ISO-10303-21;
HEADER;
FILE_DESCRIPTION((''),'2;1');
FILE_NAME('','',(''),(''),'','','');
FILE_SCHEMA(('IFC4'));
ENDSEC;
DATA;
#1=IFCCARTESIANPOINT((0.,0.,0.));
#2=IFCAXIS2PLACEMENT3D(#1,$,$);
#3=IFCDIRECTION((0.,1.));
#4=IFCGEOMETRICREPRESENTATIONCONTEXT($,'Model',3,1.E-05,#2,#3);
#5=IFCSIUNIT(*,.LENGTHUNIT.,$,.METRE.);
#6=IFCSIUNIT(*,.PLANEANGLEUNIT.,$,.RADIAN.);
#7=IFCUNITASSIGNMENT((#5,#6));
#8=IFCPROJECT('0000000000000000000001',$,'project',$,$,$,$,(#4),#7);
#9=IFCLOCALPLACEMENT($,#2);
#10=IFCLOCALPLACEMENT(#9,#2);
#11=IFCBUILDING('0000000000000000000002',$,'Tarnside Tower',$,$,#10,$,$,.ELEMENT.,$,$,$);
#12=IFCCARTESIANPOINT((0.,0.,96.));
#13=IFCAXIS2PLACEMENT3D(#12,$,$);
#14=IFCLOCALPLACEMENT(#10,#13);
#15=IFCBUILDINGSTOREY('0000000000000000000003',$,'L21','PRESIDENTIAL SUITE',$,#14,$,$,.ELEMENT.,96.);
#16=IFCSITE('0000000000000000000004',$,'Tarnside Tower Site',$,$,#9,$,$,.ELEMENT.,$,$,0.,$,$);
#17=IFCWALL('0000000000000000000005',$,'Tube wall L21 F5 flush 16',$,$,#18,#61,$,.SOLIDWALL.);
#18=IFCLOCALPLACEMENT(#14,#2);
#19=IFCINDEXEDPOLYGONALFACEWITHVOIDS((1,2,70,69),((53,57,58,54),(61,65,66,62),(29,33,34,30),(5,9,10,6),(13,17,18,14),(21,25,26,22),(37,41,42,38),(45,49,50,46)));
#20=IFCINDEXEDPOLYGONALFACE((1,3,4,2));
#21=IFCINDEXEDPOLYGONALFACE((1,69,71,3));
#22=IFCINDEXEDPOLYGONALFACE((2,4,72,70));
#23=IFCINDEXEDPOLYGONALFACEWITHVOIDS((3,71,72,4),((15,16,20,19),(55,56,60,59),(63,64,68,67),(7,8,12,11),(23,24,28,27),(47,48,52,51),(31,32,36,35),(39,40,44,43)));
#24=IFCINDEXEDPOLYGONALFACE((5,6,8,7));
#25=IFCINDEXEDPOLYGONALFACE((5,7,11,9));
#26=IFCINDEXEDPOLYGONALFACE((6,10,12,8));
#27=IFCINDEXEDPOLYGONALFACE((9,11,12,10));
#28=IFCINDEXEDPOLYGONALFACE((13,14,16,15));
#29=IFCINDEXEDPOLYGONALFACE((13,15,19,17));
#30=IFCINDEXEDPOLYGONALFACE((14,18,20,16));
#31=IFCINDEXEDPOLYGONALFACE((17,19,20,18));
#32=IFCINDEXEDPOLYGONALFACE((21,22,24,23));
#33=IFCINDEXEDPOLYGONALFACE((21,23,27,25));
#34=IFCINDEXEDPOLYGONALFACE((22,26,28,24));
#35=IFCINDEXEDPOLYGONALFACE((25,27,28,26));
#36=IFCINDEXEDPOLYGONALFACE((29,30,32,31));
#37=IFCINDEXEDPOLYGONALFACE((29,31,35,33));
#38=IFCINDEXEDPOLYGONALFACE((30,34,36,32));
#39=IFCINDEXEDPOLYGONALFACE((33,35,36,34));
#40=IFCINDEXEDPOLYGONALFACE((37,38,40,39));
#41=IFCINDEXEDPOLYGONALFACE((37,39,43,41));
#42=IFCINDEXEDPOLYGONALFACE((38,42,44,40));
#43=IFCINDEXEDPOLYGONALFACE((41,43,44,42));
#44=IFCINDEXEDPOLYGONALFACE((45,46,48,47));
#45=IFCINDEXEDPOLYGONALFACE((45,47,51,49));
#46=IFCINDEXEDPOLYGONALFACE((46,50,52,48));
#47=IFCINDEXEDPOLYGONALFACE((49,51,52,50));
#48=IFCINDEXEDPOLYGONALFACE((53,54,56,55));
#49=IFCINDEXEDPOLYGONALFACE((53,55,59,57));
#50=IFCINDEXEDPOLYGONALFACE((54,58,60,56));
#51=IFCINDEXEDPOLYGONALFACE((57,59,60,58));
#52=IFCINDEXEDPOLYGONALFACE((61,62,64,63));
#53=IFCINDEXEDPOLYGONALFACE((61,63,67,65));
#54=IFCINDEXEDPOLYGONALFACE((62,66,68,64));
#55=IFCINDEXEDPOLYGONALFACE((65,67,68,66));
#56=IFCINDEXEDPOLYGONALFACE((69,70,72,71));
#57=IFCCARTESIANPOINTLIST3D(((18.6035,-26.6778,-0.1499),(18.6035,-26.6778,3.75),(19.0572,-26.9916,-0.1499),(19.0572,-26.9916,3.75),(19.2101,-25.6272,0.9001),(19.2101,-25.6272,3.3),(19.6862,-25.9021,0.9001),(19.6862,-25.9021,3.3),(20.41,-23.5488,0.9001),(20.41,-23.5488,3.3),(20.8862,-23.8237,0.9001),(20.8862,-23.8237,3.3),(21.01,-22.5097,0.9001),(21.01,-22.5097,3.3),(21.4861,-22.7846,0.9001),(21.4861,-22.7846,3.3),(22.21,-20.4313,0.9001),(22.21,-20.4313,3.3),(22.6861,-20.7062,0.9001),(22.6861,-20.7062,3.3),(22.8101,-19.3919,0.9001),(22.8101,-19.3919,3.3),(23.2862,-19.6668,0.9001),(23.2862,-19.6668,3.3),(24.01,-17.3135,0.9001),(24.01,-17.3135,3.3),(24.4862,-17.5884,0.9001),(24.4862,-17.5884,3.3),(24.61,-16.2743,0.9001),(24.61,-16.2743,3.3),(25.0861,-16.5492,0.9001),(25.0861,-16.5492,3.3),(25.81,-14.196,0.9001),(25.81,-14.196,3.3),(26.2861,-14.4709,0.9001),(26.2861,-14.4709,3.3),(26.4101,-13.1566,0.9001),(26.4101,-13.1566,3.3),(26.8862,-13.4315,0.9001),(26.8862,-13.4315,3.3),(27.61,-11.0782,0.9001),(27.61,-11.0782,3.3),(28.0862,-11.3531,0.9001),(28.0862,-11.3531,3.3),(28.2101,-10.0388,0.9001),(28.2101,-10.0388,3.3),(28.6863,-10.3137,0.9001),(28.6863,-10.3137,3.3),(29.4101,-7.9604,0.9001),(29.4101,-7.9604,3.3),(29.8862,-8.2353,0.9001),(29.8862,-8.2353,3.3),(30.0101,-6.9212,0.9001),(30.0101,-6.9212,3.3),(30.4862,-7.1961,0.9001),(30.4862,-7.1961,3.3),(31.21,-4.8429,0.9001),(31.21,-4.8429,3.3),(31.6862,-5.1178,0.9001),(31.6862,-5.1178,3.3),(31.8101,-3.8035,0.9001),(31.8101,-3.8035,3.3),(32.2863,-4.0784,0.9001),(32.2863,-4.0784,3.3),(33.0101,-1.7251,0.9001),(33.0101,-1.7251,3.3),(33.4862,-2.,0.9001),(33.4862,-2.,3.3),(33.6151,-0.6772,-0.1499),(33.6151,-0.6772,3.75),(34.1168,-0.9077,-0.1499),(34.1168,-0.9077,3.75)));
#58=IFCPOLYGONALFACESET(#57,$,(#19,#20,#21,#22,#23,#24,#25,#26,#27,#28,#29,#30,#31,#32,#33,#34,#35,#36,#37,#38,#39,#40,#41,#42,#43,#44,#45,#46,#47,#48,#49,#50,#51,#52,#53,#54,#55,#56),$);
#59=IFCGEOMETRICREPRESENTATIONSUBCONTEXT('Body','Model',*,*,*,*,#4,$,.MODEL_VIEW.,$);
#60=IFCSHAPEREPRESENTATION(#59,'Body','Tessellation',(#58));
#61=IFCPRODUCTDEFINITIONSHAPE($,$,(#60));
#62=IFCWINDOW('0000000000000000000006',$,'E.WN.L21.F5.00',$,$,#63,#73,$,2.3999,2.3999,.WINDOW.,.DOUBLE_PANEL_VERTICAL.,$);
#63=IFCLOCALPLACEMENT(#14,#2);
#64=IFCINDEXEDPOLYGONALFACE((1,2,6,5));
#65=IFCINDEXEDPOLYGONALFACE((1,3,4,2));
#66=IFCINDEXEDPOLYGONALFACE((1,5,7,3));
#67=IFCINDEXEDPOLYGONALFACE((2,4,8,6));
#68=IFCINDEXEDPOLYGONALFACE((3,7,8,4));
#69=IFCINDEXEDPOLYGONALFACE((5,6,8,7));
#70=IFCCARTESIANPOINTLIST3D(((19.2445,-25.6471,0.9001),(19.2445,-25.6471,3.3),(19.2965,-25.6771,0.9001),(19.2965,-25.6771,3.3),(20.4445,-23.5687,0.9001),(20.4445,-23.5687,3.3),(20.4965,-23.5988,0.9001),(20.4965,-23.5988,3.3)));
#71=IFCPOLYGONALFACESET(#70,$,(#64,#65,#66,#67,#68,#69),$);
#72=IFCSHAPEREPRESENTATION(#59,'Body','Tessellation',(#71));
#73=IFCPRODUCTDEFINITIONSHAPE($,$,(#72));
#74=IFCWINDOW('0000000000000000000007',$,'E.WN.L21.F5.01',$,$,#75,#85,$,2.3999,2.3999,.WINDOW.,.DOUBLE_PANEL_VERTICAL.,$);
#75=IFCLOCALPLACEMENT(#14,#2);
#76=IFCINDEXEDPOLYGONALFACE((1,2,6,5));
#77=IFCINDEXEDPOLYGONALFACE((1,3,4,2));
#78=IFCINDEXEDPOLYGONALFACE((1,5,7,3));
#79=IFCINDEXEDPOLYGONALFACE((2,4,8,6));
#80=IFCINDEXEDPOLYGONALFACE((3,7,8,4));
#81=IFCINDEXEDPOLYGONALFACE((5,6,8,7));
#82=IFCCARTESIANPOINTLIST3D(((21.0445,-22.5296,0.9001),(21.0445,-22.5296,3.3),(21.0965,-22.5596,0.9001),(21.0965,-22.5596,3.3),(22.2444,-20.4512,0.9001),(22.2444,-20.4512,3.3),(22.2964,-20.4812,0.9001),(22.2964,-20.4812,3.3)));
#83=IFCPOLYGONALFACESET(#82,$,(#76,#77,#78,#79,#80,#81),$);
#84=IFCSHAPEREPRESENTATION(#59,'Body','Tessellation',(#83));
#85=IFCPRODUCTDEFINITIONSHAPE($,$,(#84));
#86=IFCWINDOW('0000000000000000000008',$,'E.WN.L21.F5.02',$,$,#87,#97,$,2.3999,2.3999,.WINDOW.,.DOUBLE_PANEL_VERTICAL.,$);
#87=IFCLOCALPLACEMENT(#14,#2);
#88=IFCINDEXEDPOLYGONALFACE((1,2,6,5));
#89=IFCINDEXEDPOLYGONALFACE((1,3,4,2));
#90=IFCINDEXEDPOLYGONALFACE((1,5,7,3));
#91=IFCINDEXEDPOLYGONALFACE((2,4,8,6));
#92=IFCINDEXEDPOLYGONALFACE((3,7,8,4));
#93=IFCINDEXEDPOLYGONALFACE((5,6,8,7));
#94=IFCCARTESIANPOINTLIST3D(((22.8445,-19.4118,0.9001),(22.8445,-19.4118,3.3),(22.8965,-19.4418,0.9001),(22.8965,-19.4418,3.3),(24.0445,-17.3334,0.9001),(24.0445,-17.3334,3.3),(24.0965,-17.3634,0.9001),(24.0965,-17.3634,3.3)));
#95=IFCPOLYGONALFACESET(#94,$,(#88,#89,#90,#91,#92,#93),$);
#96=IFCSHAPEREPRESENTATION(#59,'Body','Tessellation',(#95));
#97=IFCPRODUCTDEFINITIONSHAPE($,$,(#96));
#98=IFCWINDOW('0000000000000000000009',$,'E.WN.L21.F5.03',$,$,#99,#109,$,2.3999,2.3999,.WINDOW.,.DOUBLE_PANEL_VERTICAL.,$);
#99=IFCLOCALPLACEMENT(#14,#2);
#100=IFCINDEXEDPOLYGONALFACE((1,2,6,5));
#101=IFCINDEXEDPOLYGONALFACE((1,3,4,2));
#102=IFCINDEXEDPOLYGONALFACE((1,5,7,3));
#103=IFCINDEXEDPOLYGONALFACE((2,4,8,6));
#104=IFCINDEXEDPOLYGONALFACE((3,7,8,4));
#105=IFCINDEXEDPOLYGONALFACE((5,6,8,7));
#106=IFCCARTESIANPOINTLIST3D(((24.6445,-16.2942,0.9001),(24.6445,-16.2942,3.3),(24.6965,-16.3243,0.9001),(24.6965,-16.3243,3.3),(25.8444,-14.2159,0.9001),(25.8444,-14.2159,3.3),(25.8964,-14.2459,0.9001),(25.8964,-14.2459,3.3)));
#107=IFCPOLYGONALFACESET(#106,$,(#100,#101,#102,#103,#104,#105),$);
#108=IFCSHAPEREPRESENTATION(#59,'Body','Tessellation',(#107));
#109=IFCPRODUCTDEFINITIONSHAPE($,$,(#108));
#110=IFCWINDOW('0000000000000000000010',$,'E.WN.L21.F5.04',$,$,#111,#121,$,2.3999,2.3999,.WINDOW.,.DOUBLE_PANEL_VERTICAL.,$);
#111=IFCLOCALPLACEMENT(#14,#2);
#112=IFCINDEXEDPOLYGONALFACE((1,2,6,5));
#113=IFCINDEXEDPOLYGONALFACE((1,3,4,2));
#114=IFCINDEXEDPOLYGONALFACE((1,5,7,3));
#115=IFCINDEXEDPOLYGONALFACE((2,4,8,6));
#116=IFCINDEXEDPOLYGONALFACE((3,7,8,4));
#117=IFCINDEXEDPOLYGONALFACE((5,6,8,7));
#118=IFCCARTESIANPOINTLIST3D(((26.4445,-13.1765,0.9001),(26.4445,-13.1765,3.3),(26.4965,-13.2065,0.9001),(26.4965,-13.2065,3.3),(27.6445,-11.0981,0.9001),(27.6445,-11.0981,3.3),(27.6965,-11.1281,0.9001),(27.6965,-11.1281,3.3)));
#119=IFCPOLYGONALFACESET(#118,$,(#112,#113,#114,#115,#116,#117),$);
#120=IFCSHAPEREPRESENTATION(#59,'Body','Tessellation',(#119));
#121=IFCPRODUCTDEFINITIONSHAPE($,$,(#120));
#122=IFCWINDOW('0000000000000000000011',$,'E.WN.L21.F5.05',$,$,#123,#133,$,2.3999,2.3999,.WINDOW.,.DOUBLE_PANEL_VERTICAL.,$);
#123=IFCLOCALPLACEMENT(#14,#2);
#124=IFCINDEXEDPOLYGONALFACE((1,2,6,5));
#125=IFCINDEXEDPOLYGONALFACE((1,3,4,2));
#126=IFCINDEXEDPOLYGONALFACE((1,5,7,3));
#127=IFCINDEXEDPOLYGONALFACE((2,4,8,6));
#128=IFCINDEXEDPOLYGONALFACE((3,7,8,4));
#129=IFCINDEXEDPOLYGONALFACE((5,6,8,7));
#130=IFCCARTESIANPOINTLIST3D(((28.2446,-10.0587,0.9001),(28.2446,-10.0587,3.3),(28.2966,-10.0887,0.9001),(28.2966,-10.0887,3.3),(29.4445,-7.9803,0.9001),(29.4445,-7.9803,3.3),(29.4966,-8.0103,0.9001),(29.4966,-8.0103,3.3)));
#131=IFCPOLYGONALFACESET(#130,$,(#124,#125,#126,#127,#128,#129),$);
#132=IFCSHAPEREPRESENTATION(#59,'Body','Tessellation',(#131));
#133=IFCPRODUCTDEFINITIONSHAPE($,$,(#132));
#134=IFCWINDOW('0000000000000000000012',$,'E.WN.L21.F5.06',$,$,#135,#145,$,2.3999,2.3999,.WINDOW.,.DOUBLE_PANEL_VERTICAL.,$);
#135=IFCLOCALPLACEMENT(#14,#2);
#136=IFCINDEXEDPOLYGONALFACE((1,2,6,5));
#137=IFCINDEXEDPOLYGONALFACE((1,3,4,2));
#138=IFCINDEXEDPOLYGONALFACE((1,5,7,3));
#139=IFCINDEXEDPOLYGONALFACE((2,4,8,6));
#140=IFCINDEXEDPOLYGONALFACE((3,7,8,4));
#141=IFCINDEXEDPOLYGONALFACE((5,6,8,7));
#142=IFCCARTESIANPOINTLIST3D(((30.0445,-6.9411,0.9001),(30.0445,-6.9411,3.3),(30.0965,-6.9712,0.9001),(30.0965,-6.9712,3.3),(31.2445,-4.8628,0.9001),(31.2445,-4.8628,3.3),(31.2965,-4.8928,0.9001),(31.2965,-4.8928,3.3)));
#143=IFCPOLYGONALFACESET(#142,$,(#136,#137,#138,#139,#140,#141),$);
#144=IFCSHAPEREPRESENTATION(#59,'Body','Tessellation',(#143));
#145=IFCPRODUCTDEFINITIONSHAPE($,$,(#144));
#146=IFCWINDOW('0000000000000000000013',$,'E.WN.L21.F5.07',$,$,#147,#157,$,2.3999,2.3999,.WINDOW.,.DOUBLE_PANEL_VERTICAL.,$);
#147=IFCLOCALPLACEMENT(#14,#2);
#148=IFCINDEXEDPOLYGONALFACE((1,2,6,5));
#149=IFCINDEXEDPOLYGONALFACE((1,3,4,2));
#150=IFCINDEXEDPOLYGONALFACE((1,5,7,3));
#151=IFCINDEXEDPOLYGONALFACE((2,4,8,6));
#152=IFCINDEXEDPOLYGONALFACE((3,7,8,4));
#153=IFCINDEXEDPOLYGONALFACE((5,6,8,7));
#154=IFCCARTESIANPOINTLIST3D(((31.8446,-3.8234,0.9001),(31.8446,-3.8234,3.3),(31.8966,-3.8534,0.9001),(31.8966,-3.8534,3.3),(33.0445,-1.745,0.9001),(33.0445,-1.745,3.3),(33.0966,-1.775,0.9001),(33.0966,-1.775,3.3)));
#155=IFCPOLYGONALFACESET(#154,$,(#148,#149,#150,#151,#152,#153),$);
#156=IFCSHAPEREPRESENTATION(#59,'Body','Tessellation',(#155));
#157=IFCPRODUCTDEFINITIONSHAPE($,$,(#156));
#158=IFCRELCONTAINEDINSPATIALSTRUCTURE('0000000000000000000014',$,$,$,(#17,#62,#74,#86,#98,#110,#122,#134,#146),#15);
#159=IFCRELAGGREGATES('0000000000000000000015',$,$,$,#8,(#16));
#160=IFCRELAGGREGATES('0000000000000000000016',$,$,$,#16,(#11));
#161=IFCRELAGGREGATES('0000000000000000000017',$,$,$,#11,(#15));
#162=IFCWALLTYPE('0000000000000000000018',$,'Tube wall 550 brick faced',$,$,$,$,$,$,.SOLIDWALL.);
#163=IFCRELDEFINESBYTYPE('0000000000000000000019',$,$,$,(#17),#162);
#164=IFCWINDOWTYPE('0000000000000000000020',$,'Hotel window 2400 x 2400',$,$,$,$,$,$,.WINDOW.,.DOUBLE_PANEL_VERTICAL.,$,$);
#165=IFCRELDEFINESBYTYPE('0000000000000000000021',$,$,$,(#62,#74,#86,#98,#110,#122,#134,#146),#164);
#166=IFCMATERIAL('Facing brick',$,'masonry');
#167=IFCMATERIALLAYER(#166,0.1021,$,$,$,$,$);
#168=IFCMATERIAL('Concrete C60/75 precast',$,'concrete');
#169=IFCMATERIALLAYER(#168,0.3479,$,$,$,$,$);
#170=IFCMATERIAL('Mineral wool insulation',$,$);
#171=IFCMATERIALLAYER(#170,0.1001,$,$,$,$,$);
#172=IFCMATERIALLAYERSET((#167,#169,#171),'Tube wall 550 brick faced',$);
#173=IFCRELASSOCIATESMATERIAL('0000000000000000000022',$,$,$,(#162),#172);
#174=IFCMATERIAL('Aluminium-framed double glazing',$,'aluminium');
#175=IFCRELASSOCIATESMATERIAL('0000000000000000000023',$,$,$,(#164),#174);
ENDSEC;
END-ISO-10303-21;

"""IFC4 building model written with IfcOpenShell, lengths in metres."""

from ifc_helpers import new_model, si_unit, direction, frame, frame_2d, origin, place, context, subcontext, project, spatial, polyline, rectangle, outline, extrude, material, layer, layer_set, type_object, element, fill, save


model = new_model("IFC4")

# Units and contexts
model_context = context("Model", 3, precision=1e-05, world=origin(), true_north=direction((0.0, 1.0)))
body_context = subcontext(model_context, "Body", "Model", "MODEL_VIEW")
ifc_project = project(units=[si_unit("LENGTHUNIT", "METRE"), si_unit("PLANEANGLEUNIT", "RADIAN")], contexts=[model_context])

# Site, building, storey
site_placement = place(None, origin())
site = spatial("IfcSite", under=ifc_project, at=site_placement, Name="Tarnside Tower Site", CompositionType="ELEMENT", RefElevation=0.0)
building_placement = place(site_placement, origin())
building = spatial("IfcBuilding", under=site, at=building_placement, Name="Tarnside Tower", CompositionType="ELEMENT")
storey_placement = place(building_placement, frame((0.0, 0.0, 96.0)))
storey = spatial("IfcBuildingStorey", under=building, at=storey_placement, Name="L21", Description="PRESIDENTIAL SUITE", CompositionType="ELEMENT", Elevation=96.0)

# Shared definitions
ifc_material_1 = material(Name="Facing brick", Category="masonry")
ifc_layer_1 = layer(ifc_material_1, 0.1021)
ifc_material_2 = material(Name="Concrete C60/75 precast", Category="concrete")
ifc_layer_2 = layer(ifc_material_2, 0.3479)
ifc_material_3 = material(Name="Mineral wool insulation")
ifc_layer_3 = layer(ifc_material_3, 0.1001)
ifc_layer_set_1 = layer_set([ifc_layer_1, ifc_layer_2, ifc_layer_3], Name="Tube wall 550 brick faced")
wall_type_1 = type_object("IfcWallType", Name="Tube wall 550 brick faced", PredefinedType="SOLIDWALL", material=ifc_layer_set_1)

# Wall, openings, windows
wall_1_placement = place(storey_placement, frame((18.8303, -26.8347, -0.1499), z_axis=(0.0, 0.0, 1.0), x_axis=(0.500004, 0.866023, 0.0)))
wall_1 = element("IfcWall", 1, at=wall_1_placement, inside=storey, type_object=wall_type_1, Name="Tube wall L21 F5 flush 16", PredefinedType="SOLIDWALL", context=body_context, shape_type="SweptSolid", body=[
    extrude(outline(polyline([(-0.0225, -0.2749), (30.0967, -0.2749), (30.0454, 0.2749), (0.0225, 0.2749), (-0.0225, -0.2749)])), origin(), (0.0, 0.0, 1.0), 3.8999),
])
opening_1_placement = place(wall_1_placement, frame((1.2356, 0.0, 1.05)))
opening_1 = element("IfcOpeningElement", 2, at=opening_1_placement, cuts=wall_1, PredefinedType="OPENING", context=body_context, shape_type="SweptSolid", body=[
    extrude(rectangle(XDim=2.3999, YDim=2.3999, at=frame_2d((1.2, 1.2))), frame((0.0, 0.2852, 0.0), z_axis=(0.0, -1.0, 0.0), x_axis=(1.0, 0.0, 0.0)), (0.0, 0.0, 1.0), 0.5701),
])
opening_2_placement = place(wall_1_placement, frame((4.8354, 0.0, 1.05)))
opening_2 = element("IfcOpeningElement", 3, at=opening_2_placement, cuts=wall_1, PredefinedType="OPENING", context=body_context, shape_type="SweptSolid", body=[
    extrude(rectangle(XDim=2.3999, YDim=2.3999, at=frame_2d((1.2, 1.2))), frame((0.0, 0.2852, 0.0), z_axis=(0.0, -1.0, 0.0), x_axis=(1.0, 0.0, 0.0)), (0.0, 0.0, 1.0), 0.5701),
])
opening_3_placement = place(wall_1_placement, frame((8.4355, 0.0, 1.05)))
opening_3 = element("IfcOpeningElement", 4, at=opening_3_placement, cuts=wall_1, PredefinedType="OPENING", context=body_context, shape_type="SweptSolid", body=[
    extrude(rectangle(XDim=2.3999, YDim=2.3999, at=frame_2d((1.2, 1.2))), frame((0.0, 0.2852, 0.0), z_axis=(0.0, -1.0, 0.0), x_axis=(1.0, 0.0, 0.0)), (0.0, 0.0, 1.0), 0.5701),
])
opening_4_placement = place(wall_1_placement, frame((12.0354, 0.0, 1.05)))
opening_4 = element("IfcOpeningElement", 5, at=opening_4_placement, cuts=wall_1, PredefinedType="OPENING", context=body_context, shape_type="SweptSolid", body=[
    extrude(rectangle(XDim=2.3999, YDim=2.3999, at=frame_2d((1.2, 1.2))), frame((0.0, 0.2852, 0.0), z_axis=(0.0, -1.0, 0.0), x_axis=(1.0, 0.0, 0.0)), (0.0, 0.0, 1.0), 0.5701),
])
opening_5_placement = place(wall_1_placement, frame((15.6355, 0.0, 1.05)))
opening_5 = element("IfcOpeningElement", 6, at=opening_5_placement, cuts=wall_1, PredefinedType="OPENING", context=body_context, shape_type="SweptSolid", body=[
    extrude(rectangle(XDim=2.3999, YDim=2.3999, at=frame_2d((1.2, 1.2))), frame((0.0, 0.2852, 0.0), z_axis=(0.0, -1.0, 0.0), x_axis=(1.0, 0.0, 0.0)), (0.0, 0.0, 1.0), 0.5701),
])
opening_6_placement = place(wall_1_placement, frame((19.2356, 0.0, 1.05)))
opening_6 = element("IfcOpeningElement", 7, at=opening_6_placement, cuts=wall_1, PredefinedType="OPENING", context=body_context, shape_type="SweptSolid", body=[
    extrude(rectangle(XDim=2.3999, YDim=2.3999, at=frame_2d((1.2, 1.2))), frame((0.0, 0.2852, 0.0), z_axis=(0.0, -1.0, 0.0), x_axis=(1.0, 0.0, 0.0)), (0.0, 0.0, 1.0), 0.5701),
])
opening_7_placement = place(wall_1_placement, frame((22.8354, 0.0, 1.05)))
opening_7 = element("IfcOpeningElement", 8, at=opening_7_placement, cuts=wall_1, PredefinedType="OPENING", context=body_context, shape_type="SweptSolid", body=[
    extrude(rectangle(XDim=2.3999, YDim=2.3999, at=frame_2d((1.2, 1.2))), frame((0.0, 0.2852, 0.0), z_axis=(0.0, -1.0, 0.0), x_axis=(1.0, 0.0, 0.0)), (0.0, 0.0, 1.0), 0.5701),
])
opening_8_placement = place(wall_1_placement, frame((26.4355, 0.0, 1.05)))
opening_8 = element("IfcOpeningElement", 9, at=opening_8_placement, cuts=wall_1, PredefinedType="OPENING", context=body_context, shape_type="SweptSolid", body=[
    extrude(rectangle(XDim=2.3999, YDim=2.3999, at=frame_2d((1.2, 1.2))), frame((0.0, 0.2852, 0.0), z_axis=(0.0, -1.0, 0.0), x_axis=(1.0, 0.0, 0.0)), (0.0, 0.0, 1.0), 0.5701),
])
ifc_material_4 = material(Name="Aluminium-framed double glazing", Category="aluminium")
window_type = type_object("IfcWindowType", Name="Hotel window 2400 x 2400", PartitioningType="DOUBLE_PANEL_VERTICAL", PredefinedType="WINDOW", material=ifc_material_4)
window_1_placement = place(opening_1_placement, frame((0.0, 0.2051, 0.0)))
window_1 = element("IfcWindow", 10, at=window_1_placement, inside=storey, type_object=window_type, Name="E.WN.L21.F5.00", OverallHeight=2.3999, OverallWidth=2.3999, PartitioningType="DOUBLE_PANEL_VERTICAL", PredefinedType="WINDOW", context=body_context, shape_type="SweptSolid", body=[
    extrude(rectangle(XDim=2.3999, YDim=2.3999, at=frame_2d((1.2, 1.2))), frame((0.0, 0.03, 0.0), z_axis=(0.0, -1.0, 0.0), x_axis=(1.0, 0.0, 0.0)), (0.0, 0.0, 1.0), 0.0601),
])
fill(opening_1, window_1)
window_2_placement = place(opening_2_placement, frame((0.0, 0.2051, 0.0)))
window_2 = element("IfcWindow", 11, at=window_2_placement, inside=storey, type_object=window_type, Name="E.WN.L21.F5.01", OverallHeight=2.3999, OverallWidth=2.3999, PartitioningType="DOUBLE_PANEL_VERTICAL", PredefinedType="WINDOW", context=body_context, shape_type="SweptSolid", body=[
    extrude(rectangle(XDim=2.3999, YDim=2.3999, at=frame_2d((1.2, 1.2))), frame((0.0, 0.03, 0.0), z_axis=(0.0, -1.0, 0.0), x_axis=(1.0, 0.0, 0.0)), (0.0, 0.0, 1.0), 0.0601),
])
fill(opening_2, window_2)
window_3_placement = place(opening_3_placement, frame((0.0, 0.2051, 0.0)))
window_3 = element("IfcWindow", 12, at=window_3_placement, inside=storey, type_object=window_type, Name="E.WN.L21.F5.02", OverallHeight=2.3999, OverallWidth=2.3999, PartitioningType="DOUBLE_PANEL_VERTICAL", PredefinedType="WINDOW", context=body_context, shape_type="SweptSolid", body=[
    extrude(rectangle(XDim=2.3999, YDim=2.3999, at=frame_2d((1.2, 1.2))), frame((0.0, 0.03, 0.0), z_axis=(0.0, -1.0, 0.0), x_axis=(1.0, 0.0, 0.0)), (0.0, 0.0, 1.0), 0.0601),
])
fill(opening_3, window_3)
window_4_placement = place(opening_4_placement, frame((0.0, 0.2051, 0.0)))
window_4 = element("IfcWindow", 13, at=window_4_placement, inside=storey, type_object=window_type, Name="E.WN.L21.F5.03", OverallHeight=2.3999, OverallWidth=2.3999, PartitioningType="DOUBLE_PANEL_VERTICAL", PredefinedType="WINDOW", context=body_context, shape_type="SweptSolid", body=[
    extrude(rectangle(XDim=2.3999, YDim=2.3999, at=frame_2d((1.2, 1.2))), frame((0.0, 0.03, 0.0), z_axis=(0.0, -1.0, 0.0), x_axis=(1.0, 0.0, 0.0)), (0.0, 0.0, 1.0), 0.0601),
])
fill(opening_4, window_4)
window_5_placement = place(opening_5_placement, frame((0.0, 0.2051, 0.0)))
window_5 = element("IfcWindow", 14, at=window_5_placement, inside=storey, type_object=window_type, Name="E.WN.L21.F5.04", OverallHeight=2.3999, OverallWidth=2.3999, PartitioningType="DOUBLE_PANEL_VERTICAL", PredefinedType="WINDOW", context=body_context, shape_type="SweptSolid", body=[
    extrude(rectangle(XDim=2.3999, YDim=2.3999, at=frame_2d((1.2, 1.2))), frame((0.0, 0.03, 0.0), z_axis=(0.0, -1.0, 0.0), x_axis=(1.0, 0.0, 0.0)), (0.0, 0.0, 1.0), 0.0601),
])
fill(opening_5, window_5)
window_6_placement = place(opening_6_placement, frame((0.0, 0.2051, 0.0)))
window_6 = element("IfcWindow", 15, at=window_6_placement, inside=storey, type_object=window_type, Name="E.WN.L21.F5.05", OverallHeight=2.3999, OverallWidth=2.3999, PartitioningType="DOUBLE_PANEL_VERTICAL", PredefinedType="WINDOW", context=body_context, shape_type="SweptSolid", body=[
    extrude(rectangle(XDim=2.3999, YDim=2.3999, at=frame_2d((1.2, 1.2))), frame((0.0, 0.03, 0.0), z_axis=(0.0, -1.0, 0.0), x_axis=(1.0, 0.0, 0.0)), (0.0, 0.0, 1.0), 0.0601),
])
fill(opening_6, window_6)
window_7_placement = place(opening_7_placement, frame((0.0, 0.2051, 0.0)))
window_7 = element("IfcWindow", 16, at=window_7_placement, inside=storey, type_object=window_type, Name="E.WN.L21.F5.06", OverallHeight=2.3999, OverallWidth=2.3999, PartitioningType="DOUBLE_PANEL_VERTICAL", PredefinedType="WINDOW", context=body_context, shape_type="SweptSolid", body=[
    extrude(rectangle(XDim=2.3999, YDim=2.3999, at=frame_2d((1.2, 1.2))), frame((0.0, 0.03, 0.0), z_axis=(0.0, -1.0, 0.0), x_axis=(1.0, 0.0, 0.0)), (0.0, 0.0, 1.0), 0.0601),
])
fill(opening_7, window_7)
window_8_placement = place(opening_8_placement, frame((0.0, 0.2051, 0.0)))
window_8 = element("IfcWindow", 17, at=window_8_placement, inside=storey, type_object=window_type, Name="E.WN.L21.F5.07", OverallHeight=2.3999, OverallWidth=2.3999, PartitioningType="DOUBLE_PANEL_VERTICAL", PredefinedType="WINDOW", context=body_context, shape_type="SweptSolid", body=[
    extrude(rectangle(XDim=2.3999, YDim=2.3999, at=frame_2d((1.2, 1.2))), frame((0.0, 0.03, 0.0), z_axis=(0.0, -1.0, 0.0), x_axis=(1.0, 0.0, 0.0)), (0.0, 0.0, 1.0), 0.0601),
])
fill(opening_8, window_8)

save(model, "model.ifc")
